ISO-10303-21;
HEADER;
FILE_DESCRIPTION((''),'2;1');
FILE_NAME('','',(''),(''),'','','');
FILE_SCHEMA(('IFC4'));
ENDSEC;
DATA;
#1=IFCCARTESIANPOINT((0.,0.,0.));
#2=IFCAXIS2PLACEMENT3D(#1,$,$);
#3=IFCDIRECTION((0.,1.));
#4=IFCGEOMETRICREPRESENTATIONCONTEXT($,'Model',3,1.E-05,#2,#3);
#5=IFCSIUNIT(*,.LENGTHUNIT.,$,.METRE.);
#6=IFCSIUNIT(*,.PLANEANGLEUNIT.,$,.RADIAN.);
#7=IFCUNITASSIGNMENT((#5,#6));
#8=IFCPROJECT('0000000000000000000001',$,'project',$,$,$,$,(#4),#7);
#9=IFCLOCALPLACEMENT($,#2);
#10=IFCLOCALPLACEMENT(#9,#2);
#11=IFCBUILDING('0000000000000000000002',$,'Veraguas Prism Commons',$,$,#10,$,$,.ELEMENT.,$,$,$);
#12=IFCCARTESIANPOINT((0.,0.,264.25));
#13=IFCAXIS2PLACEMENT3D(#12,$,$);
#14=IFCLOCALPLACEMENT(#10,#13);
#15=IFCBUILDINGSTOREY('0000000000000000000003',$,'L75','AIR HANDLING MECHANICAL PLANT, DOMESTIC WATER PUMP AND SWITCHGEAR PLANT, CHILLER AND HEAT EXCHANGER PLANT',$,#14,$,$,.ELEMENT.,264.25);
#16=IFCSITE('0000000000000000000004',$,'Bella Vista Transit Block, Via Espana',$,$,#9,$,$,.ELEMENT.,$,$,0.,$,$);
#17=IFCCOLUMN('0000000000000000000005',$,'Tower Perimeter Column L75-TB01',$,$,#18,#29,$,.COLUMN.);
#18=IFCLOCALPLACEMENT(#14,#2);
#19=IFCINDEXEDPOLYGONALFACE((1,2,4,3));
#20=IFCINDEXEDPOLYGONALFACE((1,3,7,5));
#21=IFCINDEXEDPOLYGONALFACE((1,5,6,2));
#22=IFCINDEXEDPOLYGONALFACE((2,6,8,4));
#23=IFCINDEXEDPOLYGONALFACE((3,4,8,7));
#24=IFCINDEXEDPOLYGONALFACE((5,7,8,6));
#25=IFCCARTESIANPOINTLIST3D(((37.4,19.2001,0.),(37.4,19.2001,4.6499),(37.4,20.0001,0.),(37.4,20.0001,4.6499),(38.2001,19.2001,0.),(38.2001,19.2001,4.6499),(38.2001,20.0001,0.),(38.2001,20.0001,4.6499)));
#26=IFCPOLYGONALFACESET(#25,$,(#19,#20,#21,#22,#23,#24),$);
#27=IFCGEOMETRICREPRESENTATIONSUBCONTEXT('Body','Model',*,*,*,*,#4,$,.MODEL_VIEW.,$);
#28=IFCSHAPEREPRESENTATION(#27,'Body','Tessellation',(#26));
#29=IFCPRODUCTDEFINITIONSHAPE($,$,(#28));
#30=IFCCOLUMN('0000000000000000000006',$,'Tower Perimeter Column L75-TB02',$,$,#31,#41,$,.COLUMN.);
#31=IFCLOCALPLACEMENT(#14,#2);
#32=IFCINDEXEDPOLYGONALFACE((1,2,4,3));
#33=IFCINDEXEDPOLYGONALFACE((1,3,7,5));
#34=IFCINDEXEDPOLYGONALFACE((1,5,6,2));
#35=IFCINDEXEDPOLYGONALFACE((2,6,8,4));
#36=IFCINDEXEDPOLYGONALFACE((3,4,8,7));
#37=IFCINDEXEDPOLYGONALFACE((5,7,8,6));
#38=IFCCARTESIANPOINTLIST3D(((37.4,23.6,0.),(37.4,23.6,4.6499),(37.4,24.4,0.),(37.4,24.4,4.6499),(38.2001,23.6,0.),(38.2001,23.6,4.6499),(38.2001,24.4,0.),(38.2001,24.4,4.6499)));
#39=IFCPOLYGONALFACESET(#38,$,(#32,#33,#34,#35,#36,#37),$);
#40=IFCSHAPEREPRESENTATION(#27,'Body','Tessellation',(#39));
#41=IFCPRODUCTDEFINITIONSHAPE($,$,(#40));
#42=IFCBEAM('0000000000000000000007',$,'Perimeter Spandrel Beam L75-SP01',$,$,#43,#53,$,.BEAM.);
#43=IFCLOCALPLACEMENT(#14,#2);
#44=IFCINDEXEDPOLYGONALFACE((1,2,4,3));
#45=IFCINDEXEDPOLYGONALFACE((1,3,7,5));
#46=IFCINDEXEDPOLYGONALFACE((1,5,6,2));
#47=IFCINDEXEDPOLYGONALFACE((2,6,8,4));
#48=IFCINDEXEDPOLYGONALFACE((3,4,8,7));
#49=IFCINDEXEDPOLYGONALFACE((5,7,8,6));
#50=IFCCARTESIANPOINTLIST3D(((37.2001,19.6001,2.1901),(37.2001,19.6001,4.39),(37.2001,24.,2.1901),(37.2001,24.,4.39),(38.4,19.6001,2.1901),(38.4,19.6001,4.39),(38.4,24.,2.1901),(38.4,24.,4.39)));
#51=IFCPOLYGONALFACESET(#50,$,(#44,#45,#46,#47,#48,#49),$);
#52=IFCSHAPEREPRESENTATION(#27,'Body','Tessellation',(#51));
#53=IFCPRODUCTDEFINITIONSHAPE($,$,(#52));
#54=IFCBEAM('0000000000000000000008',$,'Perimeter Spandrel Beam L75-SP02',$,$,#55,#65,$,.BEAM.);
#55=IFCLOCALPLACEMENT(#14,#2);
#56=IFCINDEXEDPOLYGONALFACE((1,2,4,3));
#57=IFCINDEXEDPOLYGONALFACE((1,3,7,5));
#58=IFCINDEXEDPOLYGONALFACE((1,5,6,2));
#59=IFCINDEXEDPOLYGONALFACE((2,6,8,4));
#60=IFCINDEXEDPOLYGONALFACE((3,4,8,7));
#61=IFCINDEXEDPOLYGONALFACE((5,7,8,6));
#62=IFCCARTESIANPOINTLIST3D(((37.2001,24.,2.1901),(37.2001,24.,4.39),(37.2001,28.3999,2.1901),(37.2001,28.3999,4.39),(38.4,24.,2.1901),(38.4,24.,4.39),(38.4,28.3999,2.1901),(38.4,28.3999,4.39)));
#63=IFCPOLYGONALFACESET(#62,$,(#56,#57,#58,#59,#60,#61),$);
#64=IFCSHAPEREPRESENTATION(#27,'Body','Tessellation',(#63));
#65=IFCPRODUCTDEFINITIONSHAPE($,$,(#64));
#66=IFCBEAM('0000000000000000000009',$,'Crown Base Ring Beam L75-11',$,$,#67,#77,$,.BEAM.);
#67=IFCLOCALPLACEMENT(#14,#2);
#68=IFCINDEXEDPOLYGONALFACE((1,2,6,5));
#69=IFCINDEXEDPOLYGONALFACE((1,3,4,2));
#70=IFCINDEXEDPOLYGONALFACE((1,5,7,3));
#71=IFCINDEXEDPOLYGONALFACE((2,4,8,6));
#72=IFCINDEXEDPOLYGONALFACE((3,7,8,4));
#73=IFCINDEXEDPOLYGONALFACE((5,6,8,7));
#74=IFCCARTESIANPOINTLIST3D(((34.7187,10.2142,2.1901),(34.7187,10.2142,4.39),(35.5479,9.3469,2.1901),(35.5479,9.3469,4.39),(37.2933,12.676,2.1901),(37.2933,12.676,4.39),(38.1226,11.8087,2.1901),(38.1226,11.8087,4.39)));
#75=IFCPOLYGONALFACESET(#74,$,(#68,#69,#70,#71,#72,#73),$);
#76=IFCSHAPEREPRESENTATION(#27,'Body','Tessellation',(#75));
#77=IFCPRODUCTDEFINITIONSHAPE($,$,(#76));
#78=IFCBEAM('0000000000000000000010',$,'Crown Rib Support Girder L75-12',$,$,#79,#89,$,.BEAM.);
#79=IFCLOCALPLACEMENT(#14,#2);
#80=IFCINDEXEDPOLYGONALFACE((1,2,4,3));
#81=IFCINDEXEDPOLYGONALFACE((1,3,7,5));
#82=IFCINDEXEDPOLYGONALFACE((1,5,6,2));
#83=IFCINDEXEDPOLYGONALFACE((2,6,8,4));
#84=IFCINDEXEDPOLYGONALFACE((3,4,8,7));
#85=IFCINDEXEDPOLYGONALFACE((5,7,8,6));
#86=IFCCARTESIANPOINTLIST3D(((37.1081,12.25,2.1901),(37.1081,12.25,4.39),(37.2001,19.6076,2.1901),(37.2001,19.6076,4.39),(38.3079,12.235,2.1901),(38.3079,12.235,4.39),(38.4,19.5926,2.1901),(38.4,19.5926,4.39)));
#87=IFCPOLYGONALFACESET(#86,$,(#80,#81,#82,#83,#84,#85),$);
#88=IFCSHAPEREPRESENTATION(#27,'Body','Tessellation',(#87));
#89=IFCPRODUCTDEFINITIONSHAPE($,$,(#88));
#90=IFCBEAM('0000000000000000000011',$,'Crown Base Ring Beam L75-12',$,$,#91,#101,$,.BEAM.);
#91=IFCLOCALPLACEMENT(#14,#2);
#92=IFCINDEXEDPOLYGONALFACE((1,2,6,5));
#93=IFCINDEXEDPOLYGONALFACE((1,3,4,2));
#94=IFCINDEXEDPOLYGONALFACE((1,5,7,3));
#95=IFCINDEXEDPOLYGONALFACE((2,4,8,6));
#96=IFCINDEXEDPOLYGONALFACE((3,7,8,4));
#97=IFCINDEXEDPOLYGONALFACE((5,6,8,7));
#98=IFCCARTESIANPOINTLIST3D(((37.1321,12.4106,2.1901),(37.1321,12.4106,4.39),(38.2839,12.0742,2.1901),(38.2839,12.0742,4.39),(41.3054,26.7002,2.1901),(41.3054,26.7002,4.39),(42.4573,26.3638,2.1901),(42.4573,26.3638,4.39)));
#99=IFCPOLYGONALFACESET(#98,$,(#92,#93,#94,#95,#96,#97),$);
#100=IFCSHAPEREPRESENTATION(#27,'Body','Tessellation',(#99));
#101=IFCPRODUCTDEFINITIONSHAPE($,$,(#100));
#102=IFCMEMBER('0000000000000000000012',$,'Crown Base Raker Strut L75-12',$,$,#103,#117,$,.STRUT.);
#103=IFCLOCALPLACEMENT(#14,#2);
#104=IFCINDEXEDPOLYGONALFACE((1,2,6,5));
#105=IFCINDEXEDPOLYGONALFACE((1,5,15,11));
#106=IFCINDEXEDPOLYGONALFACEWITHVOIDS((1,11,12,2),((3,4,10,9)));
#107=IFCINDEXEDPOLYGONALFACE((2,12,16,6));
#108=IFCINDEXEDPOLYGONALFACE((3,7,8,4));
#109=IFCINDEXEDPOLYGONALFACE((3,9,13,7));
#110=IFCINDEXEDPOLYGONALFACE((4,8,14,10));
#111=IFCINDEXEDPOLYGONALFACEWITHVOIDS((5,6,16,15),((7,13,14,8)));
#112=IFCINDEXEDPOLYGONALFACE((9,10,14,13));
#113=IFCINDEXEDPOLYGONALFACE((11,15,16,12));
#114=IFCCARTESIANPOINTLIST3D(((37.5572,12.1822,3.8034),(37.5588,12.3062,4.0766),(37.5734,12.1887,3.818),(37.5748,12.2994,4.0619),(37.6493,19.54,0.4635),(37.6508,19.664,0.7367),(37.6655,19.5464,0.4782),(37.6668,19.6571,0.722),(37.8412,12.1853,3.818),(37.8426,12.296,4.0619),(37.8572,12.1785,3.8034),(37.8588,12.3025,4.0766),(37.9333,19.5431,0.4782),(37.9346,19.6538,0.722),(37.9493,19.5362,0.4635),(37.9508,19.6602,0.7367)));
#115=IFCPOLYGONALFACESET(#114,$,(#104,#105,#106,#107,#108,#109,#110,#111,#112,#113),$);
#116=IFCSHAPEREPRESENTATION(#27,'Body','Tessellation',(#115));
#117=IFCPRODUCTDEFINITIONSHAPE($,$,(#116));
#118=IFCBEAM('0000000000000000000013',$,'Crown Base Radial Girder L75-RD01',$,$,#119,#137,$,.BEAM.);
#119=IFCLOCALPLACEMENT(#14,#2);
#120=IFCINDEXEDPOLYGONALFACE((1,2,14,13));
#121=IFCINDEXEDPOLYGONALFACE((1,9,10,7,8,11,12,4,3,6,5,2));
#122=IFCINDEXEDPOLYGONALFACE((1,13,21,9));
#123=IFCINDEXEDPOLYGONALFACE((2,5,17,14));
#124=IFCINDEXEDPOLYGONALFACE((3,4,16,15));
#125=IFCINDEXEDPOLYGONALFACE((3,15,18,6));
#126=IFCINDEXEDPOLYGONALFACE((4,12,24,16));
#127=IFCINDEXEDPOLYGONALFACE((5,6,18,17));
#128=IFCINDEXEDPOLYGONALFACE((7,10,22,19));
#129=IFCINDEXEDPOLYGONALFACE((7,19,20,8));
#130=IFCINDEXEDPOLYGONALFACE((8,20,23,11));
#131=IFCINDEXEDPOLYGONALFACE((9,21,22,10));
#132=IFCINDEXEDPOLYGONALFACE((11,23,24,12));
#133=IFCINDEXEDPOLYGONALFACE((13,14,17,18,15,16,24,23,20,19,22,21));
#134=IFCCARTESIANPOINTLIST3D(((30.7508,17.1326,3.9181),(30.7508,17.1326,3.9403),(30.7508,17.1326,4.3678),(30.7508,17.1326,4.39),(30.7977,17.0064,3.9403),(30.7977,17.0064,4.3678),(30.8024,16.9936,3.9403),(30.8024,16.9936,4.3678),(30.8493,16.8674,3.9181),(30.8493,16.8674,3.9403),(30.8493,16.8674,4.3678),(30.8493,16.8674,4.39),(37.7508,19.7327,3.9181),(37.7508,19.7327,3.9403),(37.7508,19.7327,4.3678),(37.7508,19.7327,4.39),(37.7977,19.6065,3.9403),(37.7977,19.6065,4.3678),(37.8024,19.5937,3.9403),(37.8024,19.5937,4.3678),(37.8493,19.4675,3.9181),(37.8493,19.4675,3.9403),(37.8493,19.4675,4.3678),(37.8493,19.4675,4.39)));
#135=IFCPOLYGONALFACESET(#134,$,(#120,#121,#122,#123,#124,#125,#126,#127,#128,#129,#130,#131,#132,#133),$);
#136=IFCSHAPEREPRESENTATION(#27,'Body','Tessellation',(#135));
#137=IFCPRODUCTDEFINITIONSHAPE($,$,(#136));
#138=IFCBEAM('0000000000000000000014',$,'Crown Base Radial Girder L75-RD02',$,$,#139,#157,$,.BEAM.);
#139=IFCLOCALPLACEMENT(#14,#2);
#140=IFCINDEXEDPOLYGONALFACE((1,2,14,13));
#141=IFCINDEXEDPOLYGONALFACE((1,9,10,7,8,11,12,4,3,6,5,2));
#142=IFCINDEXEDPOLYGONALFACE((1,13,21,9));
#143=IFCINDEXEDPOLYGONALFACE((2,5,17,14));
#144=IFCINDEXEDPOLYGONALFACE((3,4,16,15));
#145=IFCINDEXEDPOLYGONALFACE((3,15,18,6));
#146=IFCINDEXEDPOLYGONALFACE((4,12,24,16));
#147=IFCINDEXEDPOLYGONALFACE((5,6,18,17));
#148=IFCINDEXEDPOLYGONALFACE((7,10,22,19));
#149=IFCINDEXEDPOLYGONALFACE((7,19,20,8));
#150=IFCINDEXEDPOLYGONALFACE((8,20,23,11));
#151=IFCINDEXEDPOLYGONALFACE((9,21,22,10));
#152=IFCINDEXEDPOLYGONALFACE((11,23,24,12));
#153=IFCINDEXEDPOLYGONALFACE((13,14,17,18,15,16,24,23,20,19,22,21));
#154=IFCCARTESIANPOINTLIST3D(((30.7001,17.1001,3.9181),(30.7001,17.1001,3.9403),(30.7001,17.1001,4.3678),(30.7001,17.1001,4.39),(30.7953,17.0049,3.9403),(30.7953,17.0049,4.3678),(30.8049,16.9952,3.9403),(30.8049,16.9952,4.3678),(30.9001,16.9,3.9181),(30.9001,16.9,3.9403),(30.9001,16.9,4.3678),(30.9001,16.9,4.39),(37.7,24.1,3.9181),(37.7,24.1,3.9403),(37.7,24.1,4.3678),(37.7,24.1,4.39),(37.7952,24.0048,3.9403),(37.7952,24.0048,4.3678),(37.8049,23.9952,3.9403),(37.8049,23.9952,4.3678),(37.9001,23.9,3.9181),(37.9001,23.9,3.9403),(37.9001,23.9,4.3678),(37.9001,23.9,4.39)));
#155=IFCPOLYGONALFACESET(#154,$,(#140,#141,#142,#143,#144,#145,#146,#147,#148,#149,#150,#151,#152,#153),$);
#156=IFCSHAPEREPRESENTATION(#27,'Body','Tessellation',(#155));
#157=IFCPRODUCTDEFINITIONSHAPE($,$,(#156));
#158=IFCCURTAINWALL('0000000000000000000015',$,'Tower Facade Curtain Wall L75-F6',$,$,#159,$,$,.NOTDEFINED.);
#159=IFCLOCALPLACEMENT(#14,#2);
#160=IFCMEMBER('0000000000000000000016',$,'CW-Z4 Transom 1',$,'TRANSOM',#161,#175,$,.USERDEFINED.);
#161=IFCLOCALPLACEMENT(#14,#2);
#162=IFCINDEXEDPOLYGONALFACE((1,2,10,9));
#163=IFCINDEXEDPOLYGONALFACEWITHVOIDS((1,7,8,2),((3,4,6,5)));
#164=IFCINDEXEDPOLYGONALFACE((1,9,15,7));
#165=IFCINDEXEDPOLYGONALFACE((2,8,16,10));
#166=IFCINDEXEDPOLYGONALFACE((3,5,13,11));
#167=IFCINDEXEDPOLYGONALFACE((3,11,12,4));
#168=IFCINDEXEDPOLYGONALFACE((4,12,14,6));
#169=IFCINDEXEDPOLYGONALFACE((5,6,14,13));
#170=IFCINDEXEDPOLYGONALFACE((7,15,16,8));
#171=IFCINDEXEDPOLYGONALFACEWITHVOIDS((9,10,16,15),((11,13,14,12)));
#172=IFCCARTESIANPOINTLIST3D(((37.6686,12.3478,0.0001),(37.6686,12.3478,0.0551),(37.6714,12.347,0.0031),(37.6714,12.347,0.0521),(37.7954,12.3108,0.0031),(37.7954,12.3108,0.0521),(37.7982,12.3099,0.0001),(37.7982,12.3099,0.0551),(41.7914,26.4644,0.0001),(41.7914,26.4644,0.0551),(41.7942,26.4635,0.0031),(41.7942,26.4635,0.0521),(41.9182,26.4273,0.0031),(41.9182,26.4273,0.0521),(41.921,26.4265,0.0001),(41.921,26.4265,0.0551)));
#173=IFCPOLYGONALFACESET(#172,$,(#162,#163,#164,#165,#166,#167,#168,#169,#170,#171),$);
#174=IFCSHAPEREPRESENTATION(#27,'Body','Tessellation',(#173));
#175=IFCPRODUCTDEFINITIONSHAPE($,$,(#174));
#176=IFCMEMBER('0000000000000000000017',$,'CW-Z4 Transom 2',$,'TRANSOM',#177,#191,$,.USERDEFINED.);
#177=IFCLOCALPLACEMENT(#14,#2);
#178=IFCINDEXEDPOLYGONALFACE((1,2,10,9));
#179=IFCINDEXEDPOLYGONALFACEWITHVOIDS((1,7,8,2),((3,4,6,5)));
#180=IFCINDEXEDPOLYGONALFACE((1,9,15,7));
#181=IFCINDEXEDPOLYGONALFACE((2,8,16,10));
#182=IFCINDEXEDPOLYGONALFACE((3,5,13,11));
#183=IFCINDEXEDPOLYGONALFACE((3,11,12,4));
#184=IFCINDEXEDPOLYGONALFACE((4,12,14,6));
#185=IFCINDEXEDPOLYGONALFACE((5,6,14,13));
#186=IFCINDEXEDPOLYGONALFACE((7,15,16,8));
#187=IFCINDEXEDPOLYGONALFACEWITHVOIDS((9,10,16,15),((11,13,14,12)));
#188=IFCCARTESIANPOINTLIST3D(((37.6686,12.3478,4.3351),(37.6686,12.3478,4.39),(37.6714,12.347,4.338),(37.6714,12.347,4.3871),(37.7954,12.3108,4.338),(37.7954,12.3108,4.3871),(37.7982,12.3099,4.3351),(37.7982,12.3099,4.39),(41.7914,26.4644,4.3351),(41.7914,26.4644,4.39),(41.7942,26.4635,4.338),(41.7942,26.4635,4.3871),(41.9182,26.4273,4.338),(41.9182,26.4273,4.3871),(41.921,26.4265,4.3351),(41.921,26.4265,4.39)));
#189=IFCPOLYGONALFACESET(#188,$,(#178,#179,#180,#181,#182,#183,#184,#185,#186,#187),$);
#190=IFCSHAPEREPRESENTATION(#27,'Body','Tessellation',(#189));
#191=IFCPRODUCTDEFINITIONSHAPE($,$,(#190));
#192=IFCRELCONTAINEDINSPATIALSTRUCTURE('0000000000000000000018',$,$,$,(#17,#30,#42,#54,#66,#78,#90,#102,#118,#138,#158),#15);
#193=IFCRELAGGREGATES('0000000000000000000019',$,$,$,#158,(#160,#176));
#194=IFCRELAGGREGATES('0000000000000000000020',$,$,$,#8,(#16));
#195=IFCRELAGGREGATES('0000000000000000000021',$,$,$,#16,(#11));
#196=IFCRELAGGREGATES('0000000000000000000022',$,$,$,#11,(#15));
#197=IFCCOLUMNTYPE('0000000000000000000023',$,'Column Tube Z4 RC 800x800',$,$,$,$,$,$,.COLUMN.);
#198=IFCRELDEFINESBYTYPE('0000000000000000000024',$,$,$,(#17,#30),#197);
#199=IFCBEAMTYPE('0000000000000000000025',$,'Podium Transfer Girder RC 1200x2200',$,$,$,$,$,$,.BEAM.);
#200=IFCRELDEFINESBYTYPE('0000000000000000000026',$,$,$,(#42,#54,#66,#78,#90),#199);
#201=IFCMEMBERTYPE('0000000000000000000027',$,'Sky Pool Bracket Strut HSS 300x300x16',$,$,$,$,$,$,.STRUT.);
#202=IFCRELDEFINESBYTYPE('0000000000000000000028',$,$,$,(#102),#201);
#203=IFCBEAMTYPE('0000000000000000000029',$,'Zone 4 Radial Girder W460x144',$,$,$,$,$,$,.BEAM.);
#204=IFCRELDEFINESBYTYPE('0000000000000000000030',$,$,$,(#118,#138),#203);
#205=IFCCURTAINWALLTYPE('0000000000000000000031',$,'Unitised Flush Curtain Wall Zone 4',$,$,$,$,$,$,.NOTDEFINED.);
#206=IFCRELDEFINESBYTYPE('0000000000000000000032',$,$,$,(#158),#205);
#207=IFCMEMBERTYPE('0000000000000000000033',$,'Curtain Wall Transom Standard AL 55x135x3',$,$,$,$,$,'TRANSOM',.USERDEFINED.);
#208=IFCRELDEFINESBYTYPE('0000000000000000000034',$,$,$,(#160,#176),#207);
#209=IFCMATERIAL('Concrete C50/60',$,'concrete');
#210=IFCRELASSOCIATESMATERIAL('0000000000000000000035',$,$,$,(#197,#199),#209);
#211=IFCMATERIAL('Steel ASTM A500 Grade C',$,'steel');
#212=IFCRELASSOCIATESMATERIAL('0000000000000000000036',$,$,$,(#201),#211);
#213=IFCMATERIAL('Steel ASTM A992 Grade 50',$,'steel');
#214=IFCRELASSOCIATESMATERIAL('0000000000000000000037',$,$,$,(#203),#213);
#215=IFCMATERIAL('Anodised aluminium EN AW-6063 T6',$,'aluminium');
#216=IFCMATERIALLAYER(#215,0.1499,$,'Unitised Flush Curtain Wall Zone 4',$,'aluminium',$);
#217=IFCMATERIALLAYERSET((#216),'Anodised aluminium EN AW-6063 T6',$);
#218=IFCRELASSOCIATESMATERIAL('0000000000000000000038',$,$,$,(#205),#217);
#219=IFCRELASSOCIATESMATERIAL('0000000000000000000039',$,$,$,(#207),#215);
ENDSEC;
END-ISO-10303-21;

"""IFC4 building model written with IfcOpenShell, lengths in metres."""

from ifc_helpers import new_model, si_unit, direction, frame, origin, origin_2d, place, context, subcontext, project, spatial, rectangle, hollow_rectangle, i_section, extrude, source, transform, mapped, material, layer, layer_set, material_profile, profile_set, type_object, element, aggregate, save


model = new_model("IFC4")

# Units and contexts
model_context = context("Model", 3, precision=1e-05, world=origin(), true_north=direction((0.0, 1.0)))
body_context = subcontext(model_context, "Body", "Model", "MODEL_VIEW")
ifc_project = project(units=[si_unit("LENGTHUNIT", "METRE"), si_unit("PLANEANGLEUNIT", "RADIAN")], contexts=[model_context])

# Site, building, storey
site_placement = place(None, origin())
site = spatial("IfcSite", under=ifc_project, at=site_placement, Name="Bella Vista Transit Block, Via Espana", CompositionType="ELEMENT", RefElevation=0.0)
building_placement = place(site_placement, origin())
building = spatial("IfcBuilding", under=site, at=building_placement, Name="Veraguas Prism Commons", CompositionType="ELEMENT")
storey_placement = place(building_placement, frame((0.0, 0.0, 264.25)))
storey = spatial("IfcBuildingStorey", under=building, at=storey_placement, Name="L75", Description="AIR HANDLING MECHANICAL PLANT, DOMESTIC WATER PUMP AND SWITCHGEAR PLANT, CHILLER AND HEAT EXCHANGER PLANT", CompositionType="ELEMENT", Elevation=264.25)

# Columns
ifc_material_1 = material(Name="Concrete C50/60", Category="concrete")
ifc_material_profile_1 = material_profile(ifc_material_1, rectangle(XDim=0.8, YDim=0.8, at=origin_2d()), Name="RC800X800")
ifc_profile_set_1 = profile_set([ifc_material_profile_1], Name="Concrete C50/60")
column_type = type_object("IfcColumnType", Name="Column Tube Z4 RC 800x800", PredefinedType="COLUMN", material=ifc_profile_set_1)
for number, where, z_axis, x_axis, name in (
    (1, (37.8, 19.6001, 0.0), (0.0, 0.0, 1.0), (1.0, 0.0, 0.0), "Tower Perimeter Column L75-TB01"),
    (2, (37.8, 24.0, 0.0), (0.0, 0.0, 1.0), (1.0, 0.0, 0.0), "Tower Perimeter Column L75-TB02"),
):
    element("IfcColumn", number, at=place(storey_placement, frame(where, z_axis=z_axis, x_axis=x_axis)), inside=storey, type_object=column_type, Name=name, PredefinedType="COLUMN", context=body_context, shape_type="SweptSolid", body=[
        extrude(rectangle(XDim=0.8, YDim=0.8, at=origin_2d()), origin(), (0.0, 0.0, 1.0), 4.6499),
    ])

# Beams
ifc_material_profile_2 = material_profile(ifc_material_1, rectangle(XDim=1.2, YDim=2.2, at=origin_2d()), Name="RC1200X2200")
ifc_profile_set_2 = profile_set([ifc_material_profile_2], Name="Concrete C50/60")
beam_type_1 = type_object("IfcBeamType", Name="Podium Transfer Girder RC 1200x2200", PredefinedType="BEAM", material=ifc_profile_set_2)
for number, where, z_axis, x_axis, name in (
    (3, (37.8, 19.6001, 3.29), (0.0, 1.0, 0.0), (-1.0, 0.0, 0.0), "Perimeter Spandrel Beam L75-SP01"),
    (4, (37.8, 24.0, 3.29), (0.0, 1.0, 0.0), (-1.0, 0.0, 0.0), "Perimeter Spandrel Beam L75-SP02"),
):
    element("IfcBeam", number, at=place(storey_placement, frame(where, z_axis=z_axis, x_axis=x_axis)), inside=storey, type_object=beam_type_1, Name=name, PredefinedType="BEAM", context=body_context, shape_type="SweptSolid", body=[
        extrude(rectangle(XDim=1.2, YDim=2.2, at=origin_2d()), origin(), (0.0, 0.0, 1.0), 4.3999),
    ])
beam_1_placement = place(storey_placement, frame((35.1333, 9.7805, 3.29), z_axis=(0.722761, 0.691098, 0.0), x_axis=(-0.691098, 0.722761, 0.0)))
element("IfcBeam", 5, at=beam_1_placement, inside=storey, type_object=beam_type_1, Name="Crown Base Ring Beam L75-11", PredefinedType="BEAM", context=body_context, shape_type="SweptSolid", body=[
    extrude(rectangle(XDim=1.2, YDim=2.2, at=origin_2d()), origin(), (0.0, 0.0, 1.0), 3.5623),
])
beam_2_placement = place(storey_placement, frame((37.8, 19.6001, 3.29), z_axis=(-0.012509, -0.999922, 0.0), x_axis=(0.999922, -0.012509, 0.0)))
element("IfcBeam", 6, at=beam_2_placement, inside=storey, type_object=beam_type_1, Name="Crown Rib Support Girder L75-12", PredefinedType="BEAM", context=body_context, shape_type="SweptSolid", body=[
    extrude(rectangle(XDim=1.2, YDim=2.2, at=origin_2d()), origin(), (0.0, 0.0, 1.0), 7.3582),
])
beam_3_placement = place(storey_placement, frame((37.708, 12.2424, 3.29), z_axis=(0.280344, 0.9599, 0.0), x_axis=(-0.9599, 0.280344, 0.0)))
element("IfcBeam", 7, at=beam_3_placement, inside=storey, type_object=beam_type_1, Name="Crown Base Ring Beam L75-12", PredefinedType="BEAM", context=body_context, shape_type="SweptSolid", body=[
    extrude(rectangle(XDim=1.2, YDim=2.2, at=origin_2d()), origin(), (0.0, 0.0, 1.0), 14.8865),
])

# Member
ifc_material_2 = material(Name="Steel ASTM A500 Grade C", Category="steel")
ifc_material_profile_3 = material_profile(ifc_material_2, hollow_rectangle(XDim=0.3, YDim=0.3, WallThickness=0.0161, at=origin_2d()), Name="HSS300X300X16")
ifc_profile_set_3 = profile_set([ifc_material_profile_3], Name="Steel ASTM A500 Grade C")
member_type_1 = type_object("IfcMemberType", Name="Sky Pool Bracket Strut HSS 300x300x16", PredefinedType="STRUT", material=ifc_profile_set_3)
member_1_placement = place(storey_placement, frame((37.8, 19.6001, 0.6001), z_axis=(-0.01139, -0.910519, 0.413309), x_axis=(0.999922, -0.012509, 0.0)))
element("IfcMember", 8, at=member_1_placement, inside=storey, type_object=member_type_1, Name="Crown Base Raker Strut L75-12", PredefinedType="STRUT", context=body_context, shape_type="SweptSolid", body=[
    extrude(hollow_rectangle(XDim=0.3, YDim=0.3, WallThickness=0.0161, at=origin_2d()), origin(), (0.0, 0.0, 1.0), 8.0808),
])

# Beams
ifc_material_3 = material(Name="Steel ASTM A992 Grade 50", Category="steel")
ifc_material_profile_4 = material_profile(ifc_material_3, i_section(OverallWidth=0.283, OverallDepth=0.4719, WebThickness=0.0137, FlangeThickness=0.0222, at=origin_2d()), Name="W460X144")
ifc_profile_set_4 = profile_set([ifc_material_profile_4], Name="Steel ASTM A992 Grade 50")
beam_type_2 = type_object("IfcBeamType", Name="Zone 4 Radial Girder W460x144", PredefinedType="BEAM", material=ifc_profile_set_4)
beam_4_placement = place(storey_placement, frame((37.8, 19.6001, 4.1541), z_axis=(-0.937421, -0.348198, 0.0), x_axis=(0.348198, -0.937421, 0.0)))
element("IfcBeam", 9, at=beam_4_placement, inside=storey, type_object=beam_type_2, Name="Crown Base Radial Girder L75-RD01", PredefinedType="BEAM", context=body_context, shape_type="SweptSolid", body=[
    extrude(i_section(OverallWidth=0.283, OverallDepth=0.4719, WebThickness=0.0137, FlangeThickness=0.0222, at=origin_2d()), origin(), (0.0, 0.0, 1.0), 7.4673),
])
beam_5_placement = place(storey_placement, frame((37.8, 24.0, 4.1541), z_axis=(-0.707107, -0.707107, 0.0), x_axis=(0.707107, -0.707107, 0.0)))
element("IfcBeam", 10, at=beam_5_placement, inside=storey, type_object=beam_type_2, Name="Crown Base Radial Girder L75-RD02", PredefinedType="BEAM", context=body_context, shape_type="SweptSolid", body=[
    extrude(i_section(OverallWidth=0.283, OverallDepth=0.4719, WebThickness=0.0137, FlangeThickness=0.0222, at=origin_2d()), origin(), (0.0, 0.0, 1.0), 9.8994),
])

# Curtain wall, members
ifc_material_4 = material(Name="Anodised aluminium EN AW-6063 T6", Category="aluminium")
ifc_layer_1 = layer(ifc_material_4, 0.1499, Name="Unitised Flush Curtain Wall Zone 4", Category="aluminium")
ifc_layer_set_1 = layer_set([ifc_layer_1], Name="Anodised aluminium EN AW-6063 T6")
curtain_wall_type = type_object("IfcCurtainWallType", Name="Unitised Flush Curtain Wall Zone 4", PredefinedType="NOTDEFINED", material=ifc_layer_set_1)
curtain_wall_1_placement = place(storey_placement, origin())
curtain_wall_1 = element("IfcCurtainWall", 11, at=curtain_wall_1_placement, inside=storey, type_object=curtain_wall_type, Name="Tower Facade Curtain Wall L75-F6", PredefinedType="NOTDEFINED")
ifc_material_profile_5 = material_profile(ifc_material_4, hollow_rectangle(XDim=0.0549, YDim=0.135, WallThickness=0.0029, at=origin_2d()), Name="AL55X135X3")
ifc_profile_set_5 = profile_set([ifc_material_profile_5], Name="Anodised aluminium EN AW-6063 T6")
member_type_2 = type_object("IfcMemberType", Name="Curtain Wall Transom Standard AL 55x135x3", ElementType="TRANSOM", PredefinedType="USERDEFINED", material=ifc_profile_set_5)
shared_shape_1 = source(origin(), body_context, "Body", "SweptSolid", [
    extrude(hollow_rectangle(XDim=0.0549, YDim=0.135, WallThickness=0.0029, at=origin_2d()), origin(), (0.0, 0.0, 1.0), 14.7063),
])
member_2_placement = place(storey_placement, frame((37.7334, 12.3289, 0.0276), z_axis=(0.28034, 0.959901, 0.0), x_axis=(0.0, 0.0, 1.0)))
member_2 = element("IfcMember", 12, at=member_2_placement, type_object=member_type_2, Name="CW-Z4 Transom 1", ObjectType="TRANSOM", PredefinedType="USERDEFINED", context=body_context, shape_type="MappedRepresentation", body=[
    mapped(shared_shape_1, transform((0.0, 0.0, 0.0), scale=1.0)),
])
member_3_placement = place(storey_placement, frame((37.7334, 12.3289, 4.3625), z_axis=(0.28034, 0.959901, 0.0), x_axis=(0.0, 0.0, 1.0)))
member_3 = element("IfcMember", 13, at=member_3_placement, type_object=member_type_2, Name="CW-Z4 Transom 2", ObjectType="TRANSOM", PredefinedType="USERDEFINED", context=body_context, shape_type="MappedRepresentation", body=[
    mapped(shared_shape_1, transform((0.0, 0.0, 0.0), scale=1.0)),
])

aggregate(curtain_wall_1, [member_2, member_3])

save(model, "model.ifc")
